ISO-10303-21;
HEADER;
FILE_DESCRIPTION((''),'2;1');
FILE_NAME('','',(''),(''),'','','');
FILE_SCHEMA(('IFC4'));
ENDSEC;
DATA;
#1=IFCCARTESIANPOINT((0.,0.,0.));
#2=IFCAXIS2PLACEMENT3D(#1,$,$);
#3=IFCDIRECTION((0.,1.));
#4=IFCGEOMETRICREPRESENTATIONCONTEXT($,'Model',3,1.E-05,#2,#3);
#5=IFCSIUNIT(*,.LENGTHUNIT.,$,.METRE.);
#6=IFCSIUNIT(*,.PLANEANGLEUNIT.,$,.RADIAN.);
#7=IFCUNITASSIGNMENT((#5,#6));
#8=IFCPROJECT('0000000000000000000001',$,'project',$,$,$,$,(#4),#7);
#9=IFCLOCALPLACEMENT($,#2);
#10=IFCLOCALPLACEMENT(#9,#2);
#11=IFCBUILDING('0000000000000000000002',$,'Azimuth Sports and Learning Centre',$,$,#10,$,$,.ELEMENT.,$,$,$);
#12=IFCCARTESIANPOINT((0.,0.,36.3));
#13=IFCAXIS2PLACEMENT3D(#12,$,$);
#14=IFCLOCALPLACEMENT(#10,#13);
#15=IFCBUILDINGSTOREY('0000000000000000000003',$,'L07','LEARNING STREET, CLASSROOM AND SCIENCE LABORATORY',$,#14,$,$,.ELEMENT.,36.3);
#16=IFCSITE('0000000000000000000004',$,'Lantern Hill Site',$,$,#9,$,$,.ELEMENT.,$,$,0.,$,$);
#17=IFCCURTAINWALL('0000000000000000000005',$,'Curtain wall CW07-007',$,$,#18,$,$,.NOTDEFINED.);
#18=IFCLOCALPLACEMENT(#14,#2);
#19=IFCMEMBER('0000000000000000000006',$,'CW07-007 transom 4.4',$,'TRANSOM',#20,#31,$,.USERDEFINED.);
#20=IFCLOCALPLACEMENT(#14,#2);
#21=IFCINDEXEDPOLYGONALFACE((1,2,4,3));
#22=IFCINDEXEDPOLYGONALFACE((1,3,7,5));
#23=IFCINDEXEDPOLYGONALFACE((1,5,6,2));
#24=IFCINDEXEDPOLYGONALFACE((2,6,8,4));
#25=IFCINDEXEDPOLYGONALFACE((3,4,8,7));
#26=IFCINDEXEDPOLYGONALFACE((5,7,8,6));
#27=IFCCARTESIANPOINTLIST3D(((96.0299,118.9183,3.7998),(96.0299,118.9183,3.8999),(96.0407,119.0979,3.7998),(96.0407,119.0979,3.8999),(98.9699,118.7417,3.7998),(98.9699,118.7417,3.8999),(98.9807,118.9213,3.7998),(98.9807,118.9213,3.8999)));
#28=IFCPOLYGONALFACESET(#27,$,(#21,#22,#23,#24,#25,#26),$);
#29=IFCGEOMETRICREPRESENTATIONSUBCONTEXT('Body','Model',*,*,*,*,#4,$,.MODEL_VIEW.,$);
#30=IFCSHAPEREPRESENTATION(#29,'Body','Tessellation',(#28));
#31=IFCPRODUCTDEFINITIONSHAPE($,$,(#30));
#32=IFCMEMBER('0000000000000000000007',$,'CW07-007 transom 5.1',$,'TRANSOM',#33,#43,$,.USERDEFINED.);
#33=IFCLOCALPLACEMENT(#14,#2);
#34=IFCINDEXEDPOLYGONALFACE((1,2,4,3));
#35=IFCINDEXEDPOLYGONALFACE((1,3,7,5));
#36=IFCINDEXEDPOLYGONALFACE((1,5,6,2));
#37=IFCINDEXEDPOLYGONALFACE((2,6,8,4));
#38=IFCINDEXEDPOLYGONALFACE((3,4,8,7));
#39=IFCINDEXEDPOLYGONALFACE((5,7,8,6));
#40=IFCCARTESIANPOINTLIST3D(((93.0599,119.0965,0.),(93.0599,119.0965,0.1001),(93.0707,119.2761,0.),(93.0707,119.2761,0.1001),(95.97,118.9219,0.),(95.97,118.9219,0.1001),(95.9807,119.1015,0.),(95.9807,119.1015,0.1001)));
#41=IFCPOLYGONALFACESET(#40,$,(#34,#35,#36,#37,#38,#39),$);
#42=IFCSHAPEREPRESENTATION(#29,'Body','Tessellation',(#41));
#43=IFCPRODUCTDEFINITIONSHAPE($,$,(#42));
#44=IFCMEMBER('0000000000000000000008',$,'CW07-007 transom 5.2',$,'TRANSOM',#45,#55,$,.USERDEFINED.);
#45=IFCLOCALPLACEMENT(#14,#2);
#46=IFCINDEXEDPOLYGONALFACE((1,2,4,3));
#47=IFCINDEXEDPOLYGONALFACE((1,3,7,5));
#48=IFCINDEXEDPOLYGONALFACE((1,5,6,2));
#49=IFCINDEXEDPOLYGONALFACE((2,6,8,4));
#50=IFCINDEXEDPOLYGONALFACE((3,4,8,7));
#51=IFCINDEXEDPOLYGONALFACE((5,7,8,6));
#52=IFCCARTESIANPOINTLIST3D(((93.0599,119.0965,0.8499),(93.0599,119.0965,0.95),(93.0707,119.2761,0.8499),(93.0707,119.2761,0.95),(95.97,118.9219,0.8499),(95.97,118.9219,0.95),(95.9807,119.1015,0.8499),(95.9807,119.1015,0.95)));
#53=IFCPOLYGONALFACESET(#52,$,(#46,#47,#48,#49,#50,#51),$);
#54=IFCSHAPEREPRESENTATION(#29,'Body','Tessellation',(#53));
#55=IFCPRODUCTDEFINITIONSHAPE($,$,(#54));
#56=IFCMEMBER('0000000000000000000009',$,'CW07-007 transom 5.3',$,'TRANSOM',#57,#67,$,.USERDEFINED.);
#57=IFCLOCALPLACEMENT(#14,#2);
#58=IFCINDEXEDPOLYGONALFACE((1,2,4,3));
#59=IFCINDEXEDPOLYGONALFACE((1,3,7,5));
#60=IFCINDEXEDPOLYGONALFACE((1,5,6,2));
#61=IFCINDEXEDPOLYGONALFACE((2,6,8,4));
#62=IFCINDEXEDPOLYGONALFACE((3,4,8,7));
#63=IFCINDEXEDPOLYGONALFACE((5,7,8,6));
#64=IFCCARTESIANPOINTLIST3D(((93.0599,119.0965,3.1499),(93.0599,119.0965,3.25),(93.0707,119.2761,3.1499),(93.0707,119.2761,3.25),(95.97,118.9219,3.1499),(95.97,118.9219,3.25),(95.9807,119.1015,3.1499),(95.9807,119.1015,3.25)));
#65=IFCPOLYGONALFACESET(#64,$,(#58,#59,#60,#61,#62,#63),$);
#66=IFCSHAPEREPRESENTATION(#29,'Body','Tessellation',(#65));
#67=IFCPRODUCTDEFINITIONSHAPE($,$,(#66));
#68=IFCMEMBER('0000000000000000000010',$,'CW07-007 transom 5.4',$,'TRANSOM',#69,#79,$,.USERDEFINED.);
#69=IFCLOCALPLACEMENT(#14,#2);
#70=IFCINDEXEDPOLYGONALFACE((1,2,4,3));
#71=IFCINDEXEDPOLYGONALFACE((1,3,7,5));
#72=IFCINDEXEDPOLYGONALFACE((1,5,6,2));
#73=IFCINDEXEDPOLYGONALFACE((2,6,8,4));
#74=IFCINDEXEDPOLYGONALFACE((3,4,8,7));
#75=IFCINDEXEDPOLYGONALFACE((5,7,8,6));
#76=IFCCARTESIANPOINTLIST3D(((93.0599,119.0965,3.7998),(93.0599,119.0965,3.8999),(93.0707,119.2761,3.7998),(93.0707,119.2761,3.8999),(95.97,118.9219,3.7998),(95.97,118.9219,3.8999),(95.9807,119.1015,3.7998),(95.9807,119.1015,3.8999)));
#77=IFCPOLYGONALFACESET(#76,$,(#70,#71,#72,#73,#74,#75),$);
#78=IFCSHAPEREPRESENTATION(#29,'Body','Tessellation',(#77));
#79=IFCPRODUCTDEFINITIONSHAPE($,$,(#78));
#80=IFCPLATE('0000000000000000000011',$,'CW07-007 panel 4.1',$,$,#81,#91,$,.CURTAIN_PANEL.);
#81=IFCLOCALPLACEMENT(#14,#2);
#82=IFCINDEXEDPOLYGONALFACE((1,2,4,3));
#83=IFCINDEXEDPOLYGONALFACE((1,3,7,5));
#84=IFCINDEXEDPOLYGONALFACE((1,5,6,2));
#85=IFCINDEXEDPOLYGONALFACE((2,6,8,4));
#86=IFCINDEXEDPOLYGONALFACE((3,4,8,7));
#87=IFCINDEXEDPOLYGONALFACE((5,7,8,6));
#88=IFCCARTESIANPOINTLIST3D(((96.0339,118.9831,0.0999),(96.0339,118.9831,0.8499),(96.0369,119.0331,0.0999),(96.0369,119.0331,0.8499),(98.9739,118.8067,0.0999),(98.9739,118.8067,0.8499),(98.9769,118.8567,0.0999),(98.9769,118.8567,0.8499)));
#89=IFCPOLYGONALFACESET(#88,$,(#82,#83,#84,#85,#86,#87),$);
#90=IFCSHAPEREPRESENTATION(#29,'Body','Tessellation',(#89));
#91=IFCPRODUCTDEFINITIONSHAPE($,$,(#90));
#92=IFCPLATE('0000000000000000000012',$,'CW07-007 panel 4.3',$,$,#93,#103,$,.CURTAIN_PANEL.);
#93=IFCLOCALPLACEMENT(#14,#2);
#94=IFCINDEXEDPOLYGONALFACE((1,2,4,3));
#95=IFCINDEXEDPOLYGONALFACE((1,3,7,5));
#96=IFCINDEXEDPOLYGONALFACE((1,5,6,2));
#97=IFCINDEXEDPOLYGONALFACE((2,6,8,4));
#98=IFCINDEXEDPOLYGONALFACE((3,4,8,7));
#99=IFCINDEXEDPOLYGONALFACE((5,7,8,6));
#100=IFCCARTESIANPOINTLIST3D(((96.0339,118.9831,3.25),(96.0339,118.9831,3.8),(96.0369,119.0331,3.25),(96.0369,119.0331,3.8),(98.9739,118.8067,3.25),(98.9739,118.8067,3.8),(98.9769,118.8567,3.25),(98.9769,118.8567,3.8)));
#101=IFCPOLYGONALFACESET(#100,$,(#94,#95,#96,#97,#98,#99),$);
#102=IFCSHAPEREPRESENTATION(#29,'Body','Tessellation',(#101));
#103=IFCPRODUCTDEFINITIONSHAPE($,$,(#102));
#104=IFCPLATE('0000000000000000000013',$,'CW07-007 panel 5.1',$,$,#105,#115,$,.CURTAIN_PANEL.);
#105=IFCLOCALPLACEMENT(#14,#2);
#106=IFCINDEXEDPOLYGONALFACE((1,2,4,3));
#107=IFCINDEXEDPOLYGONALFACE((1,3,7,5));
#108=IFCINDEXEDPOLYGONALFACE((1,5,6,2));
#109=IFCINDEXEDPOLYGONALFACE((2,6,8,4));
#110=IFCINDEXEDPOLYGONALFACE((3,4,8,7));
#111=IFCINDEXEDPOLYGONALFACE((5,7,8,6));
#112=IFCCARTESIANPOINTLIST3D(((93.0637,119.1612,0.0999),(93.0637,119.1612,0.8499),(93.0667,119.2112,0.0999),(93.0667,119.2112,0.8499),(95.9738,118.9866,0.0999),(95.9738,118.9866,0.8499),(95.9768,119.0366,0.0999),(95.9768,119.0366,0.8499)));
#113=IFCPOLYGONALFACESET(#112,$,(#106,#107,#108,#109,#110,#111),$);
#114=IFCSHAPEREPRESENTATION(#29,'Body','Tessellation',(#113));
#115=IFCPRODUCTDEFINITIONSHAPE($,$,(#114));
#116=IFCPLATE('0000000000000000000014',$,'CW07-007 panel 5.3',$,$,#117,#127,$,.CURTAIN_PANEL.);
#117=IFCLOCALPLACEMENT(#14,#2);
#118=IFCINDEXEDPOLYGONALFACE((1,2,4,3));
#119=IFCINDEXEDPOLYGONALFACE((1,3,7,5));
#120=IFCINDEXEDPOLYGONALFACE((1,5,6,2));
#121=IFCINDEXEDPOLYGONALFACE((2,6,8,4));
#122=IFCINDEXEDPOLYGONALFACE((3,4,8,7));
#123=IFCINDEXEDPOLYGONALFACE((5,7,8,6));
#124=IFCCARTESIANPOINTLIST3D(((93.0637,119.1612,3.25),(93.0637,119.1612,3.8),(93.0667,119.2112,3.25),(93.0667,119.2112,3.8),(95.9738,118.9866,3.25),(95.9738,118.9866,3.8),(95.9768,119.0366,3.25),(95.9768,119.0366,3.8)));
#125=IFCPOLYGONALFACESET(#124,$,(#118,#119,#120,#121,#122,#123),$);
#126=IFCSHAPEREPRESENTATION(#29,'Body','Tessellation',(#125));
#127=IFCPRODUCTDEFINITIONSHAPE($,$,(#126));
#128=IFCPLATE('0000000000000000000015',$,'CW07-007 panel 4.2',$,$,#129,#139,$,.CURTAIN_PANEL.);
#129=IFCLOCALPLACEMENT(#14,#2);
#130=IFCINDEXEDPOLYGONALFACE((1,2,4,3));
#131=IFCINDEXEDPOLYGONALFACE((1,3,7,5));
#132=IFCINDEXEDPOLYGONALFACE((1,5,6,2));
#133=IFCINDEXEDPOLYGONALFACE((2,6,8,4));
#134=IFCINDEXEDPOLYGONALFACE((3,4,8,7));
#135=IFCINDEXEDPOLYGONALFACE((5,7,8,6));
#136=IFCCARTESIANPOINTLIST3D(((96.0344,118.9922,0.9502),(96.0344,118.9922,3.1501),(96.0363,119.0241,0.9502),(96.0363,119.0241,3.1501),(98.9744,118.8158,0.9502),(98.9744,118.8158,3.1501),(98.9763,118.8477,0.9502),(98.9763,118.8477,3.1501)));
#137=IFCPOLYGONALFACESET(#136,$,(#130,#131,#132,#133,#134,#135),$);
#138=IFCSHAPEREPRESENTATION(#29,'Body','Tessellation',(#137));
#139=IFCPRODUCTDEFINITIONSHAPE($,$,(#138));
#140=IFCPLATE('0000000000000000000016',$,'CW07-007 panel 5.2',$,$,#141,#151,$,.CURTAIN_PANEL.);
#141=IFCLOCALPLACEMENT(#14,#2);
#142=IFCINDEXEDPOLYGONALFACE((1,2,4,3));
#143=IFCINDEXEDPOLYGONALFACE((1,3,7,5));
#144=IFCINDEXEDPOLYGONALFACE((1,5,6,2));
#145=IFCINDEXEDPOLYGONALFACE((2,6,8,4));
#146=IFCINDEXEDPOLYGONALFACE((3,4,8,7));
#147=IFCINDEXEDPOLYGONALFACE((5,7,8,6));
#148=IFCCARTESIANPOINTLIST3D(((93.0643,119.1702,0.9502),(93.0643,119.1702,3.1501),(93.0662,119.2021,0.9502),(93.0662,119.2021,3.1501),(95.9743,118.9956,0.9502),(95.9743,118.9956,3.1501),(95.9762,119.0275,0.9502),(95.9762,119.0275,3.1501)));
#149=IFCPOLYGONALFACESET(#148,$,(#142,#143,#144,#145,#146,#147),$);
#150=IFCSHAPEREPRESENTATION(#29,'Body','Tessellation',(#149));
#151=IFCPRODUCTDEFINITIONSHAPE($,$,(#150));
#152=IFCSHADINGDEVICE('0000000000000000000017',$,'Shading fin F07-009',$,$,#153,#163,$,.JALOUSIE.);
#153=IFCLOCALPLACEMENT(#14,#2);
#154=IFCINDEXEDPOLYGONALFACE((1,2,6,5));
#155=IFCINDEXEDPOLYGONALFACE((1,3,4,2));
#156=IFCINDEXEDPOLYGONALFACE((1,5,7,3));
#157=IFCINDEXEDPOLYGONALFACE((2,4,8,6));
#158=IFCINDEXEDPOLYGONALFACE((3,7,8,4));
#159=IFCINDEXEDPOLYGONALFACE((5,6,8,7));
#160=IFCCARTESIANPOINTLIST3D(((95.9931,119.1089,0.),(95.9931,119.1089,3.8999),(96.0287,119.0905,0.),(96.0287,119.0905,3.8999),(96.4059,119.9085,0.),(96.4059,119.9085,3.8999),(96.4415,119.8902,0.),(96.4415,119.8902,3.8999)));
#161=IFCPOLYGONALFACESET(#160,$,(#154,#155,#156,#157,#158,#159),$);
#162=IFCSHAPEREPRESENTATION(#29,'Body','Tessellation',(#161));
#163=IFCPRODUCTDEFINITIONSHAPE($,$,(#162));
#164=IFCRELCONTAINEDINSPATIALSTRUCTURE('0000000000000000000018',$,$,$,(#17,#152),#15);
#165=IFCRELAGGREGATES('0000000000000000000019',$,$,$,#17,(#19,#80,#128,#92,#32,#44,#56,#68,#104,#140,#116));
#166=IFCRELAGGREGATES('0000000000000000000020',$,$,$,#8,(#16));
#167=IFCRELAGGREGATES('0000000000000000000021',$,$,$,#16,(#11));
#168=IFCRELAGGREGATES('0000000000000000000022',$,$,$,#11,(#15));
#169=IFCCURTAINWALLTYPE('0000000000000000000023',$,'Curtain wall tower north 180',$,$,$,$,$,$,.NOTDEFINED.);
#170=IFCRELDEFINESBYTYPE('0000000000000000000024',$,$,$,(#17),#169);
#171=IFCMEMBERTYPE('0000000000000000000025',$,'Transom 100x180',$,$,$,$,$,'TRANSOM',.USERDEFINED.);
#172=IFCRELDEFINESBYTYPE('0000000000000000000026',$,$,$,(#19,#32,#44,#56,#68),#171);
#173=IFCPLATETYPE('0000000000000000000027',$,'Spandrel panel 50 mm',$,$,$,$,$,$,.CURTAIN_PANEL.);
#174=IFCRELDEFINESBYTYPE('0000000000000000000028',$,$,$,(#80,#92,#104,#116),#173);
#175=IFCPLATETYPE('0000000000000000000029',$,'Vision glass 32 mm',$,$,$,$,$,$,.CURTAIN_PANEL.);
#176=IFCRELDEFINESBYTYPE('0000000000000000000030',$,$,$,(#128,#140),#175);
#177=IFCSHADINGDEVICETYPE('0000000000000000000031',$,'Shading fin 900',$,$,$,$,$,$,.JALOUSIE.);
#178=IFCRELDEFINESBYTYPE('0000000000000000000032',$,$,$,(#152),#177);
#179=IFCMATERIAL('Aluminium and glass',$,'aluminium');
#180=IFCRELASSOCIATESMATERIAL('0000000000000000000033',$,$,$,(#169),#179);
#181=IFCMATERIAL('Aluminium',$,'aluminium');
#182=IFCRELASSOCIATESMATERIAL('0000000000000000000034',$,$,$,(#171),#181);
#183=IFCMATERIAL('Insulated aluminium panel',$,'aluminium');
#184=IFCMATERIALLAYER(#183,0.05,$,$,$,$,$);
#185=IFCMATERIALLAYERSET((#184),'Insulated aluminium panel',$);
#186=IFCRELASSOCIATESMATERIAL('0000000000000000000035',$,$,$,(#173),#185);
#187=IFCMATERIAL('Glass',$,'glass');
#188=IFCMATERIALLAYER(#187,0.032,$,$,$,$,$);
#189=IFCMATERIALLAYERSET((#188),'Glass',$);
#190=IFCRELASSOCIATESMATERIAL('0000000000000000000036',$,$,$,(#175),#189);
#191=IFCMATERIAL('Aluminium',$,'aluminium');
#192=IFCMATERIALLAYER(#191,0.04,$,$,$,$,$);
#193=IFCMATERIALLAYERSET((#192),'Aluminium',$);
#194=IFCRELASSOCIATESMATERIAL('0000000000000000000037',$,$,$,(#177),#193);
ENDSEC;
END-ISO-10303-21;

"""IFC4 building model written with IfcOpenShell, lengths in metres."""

from ifc_helpers import new_model, si_unit, direction, frame, origin, origin_2d, place, context, subcontext, project, spatial, rectangle, extrude, material, layer, layer_set, material_profile, profile_set, type_object, element, aggregate, save


model = new_model("IFC4")

# Units and contexts
model_context = context("Model", 3, precision=1e-05, world=origin(), true_north=direction((0.0, 1.0)))
body_context = subcontext(model_context, "Body", "Model", "MODEL_VIEW")
ifc_project = project(units=[si_unit("LENGTHUNIT", "METRE"), si_unit("PLANEANGLEUNIT", "RADIAN")], contexts=[model_context])

# Site, building, storey
site_placement = place(None, origin())
site = spatial("IfcSite", under=ifc_project, at=site_placement, Name="Lantern Hill Site", CompositionType="ELEMENT", RefElevation=0.0)
building_placement = place(site_placement, origin())
building = spatial("IfcBuilding", under=site, at=building_placement, Name="Azimuth Sports and Learning Centre", CompositionType="ELEMENT")
storey_placement = place(building_placement, frame((0.0, 0.0, 36.3)))
storey = spatial("IfcBuildingStorey", under=building, at=storey_placement, Name="L07", Description="LEARNING STREET, CLASSROOM AND SCIENCE LABORATORY", CompositionType="ELEMENT", Elevation=36.3)

# Curtain wall
ifc_material_1 = material(Name="Aluminium and glass", Category="aluminium")
curtain_wall_type = type_object("IfcCurtainWallType", Name="Curtain wall tower north 180", PredefinedType="NOTDEFINED", material=ifc_material_1)
curtain_wall_1_placement = place(storey_placement, origin())
curtain_wall_1 = element("IfcCurtainWall", 1, at=curtain_wall_1_placement, inside=storey, type_object=curtain_wall_type, Name="Curtain wall CW07-007", PredefinedType="NOTDEFINED")

# Members
ifc_material_2 = material(Name="Aluminium", Category="aluminium")
ifc_material_profile_1 = material_profile(ifc_material_2, rectangle(XDim=0.1799, YDim=0.1001, at=origin_2d()), Name="Transom 100x180")
ifc_profile_set_1 = profile_set([ifc_material_profile_1], Name="Aluminium")
member_type_1 = type_object("IfcMemberType", Name="Transom 100x180", ElementType="TRANSOM", PredefinedType="USERDEFINED", material=ifc_profile_set_1)
member_1_placement = place(storey_placement, frame((98.9753, 118.8315, 3.8499), z_axis=(-0.998202, 0.059932, 0.0), x_axis=(-0.059932, -0.998202, 0.0)))
member_1 = element("IfcMember", 2, at=member_1_placement, type_object=member_type_1, Name="CW07-007 transom 4.4", ObjectType="TRANSOM", PredefinedType="USERDEFINED", context=body_context, shape_type="SweptSolid", body=[
    extrude(rectangle(XDim=0.1799, YDim=0.1001, at=origin_2d()), origin(), (0.0, 0.0, 1.0), 2.9453),
])
member_2_placement = place(storey_placement, frame((95.9753, 119.0117, 0.05), z_axis=(-0.998206, 0.059876, 0.0), x_axis=(-0.059876, -0.998206, 0.0)))
member_2 = element("IfcMember", 3, at=member_2_placement, type_object=member_type_1, Name="CW07-007 transom 5.1", ObjectType="TRANSOM", PredefinedType="USERDEFINED", context=body_context, shape_type="SweptSolid", body=[
    extrude(rectangle(XDim=0.1799, YDim=0.1001, at=origin_2d()), origin(), (0.0, 0.0, 1.0), 2.9153),
])
member_3_placement = place(storey_placement, frame((95.9753, 119.0117, 0.8999), z_axis=(-0.998206, 0.059876, 0.0), x_axis=(-0.059876, -0.998206, 0.0)))
member_3 = element("IfcMember", 4, at=member_3_placement, type_object=member_type_1, Name="CW07-007 transom 5.2", ObjectType="TRANSOM", PredefinedType="USERDEFINED", context=body_context, shape_type="SweptSolid", body=[
    extrude(rectangle(XDim=0.1799, YDim=0.1001, at=origin_2d()), origin(), (0.0, 0.0, 1.0), 2.9153),
])
member_4_placement = place(storey_placement, frame((95.9753, 119.0117, 3.2), z_axis=(-0.998206, 0.059876, 0.0), x_axis=(-0.059876, -0.998206, 0.0)))
member_4 = element("IfcMember", 5, at=member_4_placement, type_object=member_type_1, Name="CW07-007 transom 5.3", ObjectType="TRANSOM", PredefinedType="USERDEFINED", context=body_context, shape_type="SweptSolid", body=[
    extrude(rectangle(XDim=0.1799, YDim=0.1001, at=origin_2d()), origin(), (0.0, 0.0, 1.0), 2.9153),
])
member_5_placement = place(storey_placement, frame((95.9753, 119.0117, 3.8499), z_axis=(-0.998206, 0.059876, 0.0), x_axis=(-0.059876, -0.998206, 0.0)))
member_5 = element("IfcMember", 6, at=member_5_placement, type_object=member_type_1, Name="CW07-007 transom 5.4", ObjectType="TRANSOM", PredefinedType="USERDEFINED", context=body_context, shape_type="SweptSolid", body=[
    extrude(rectangle(XDim=0.1799, YDim=0.1001, at=origin_2d()), origin(), (0.0, 0.0, 1.0), 2.9153),
])

# Plates
ifc_material_3 = material(Name="Insulated aluminium panel", Category="aluminium")
ifc_layer_1 = layer(ifc_material_3, 0.05)
ifc_layer_set_1 = layer_set([ifc_layer_1], Name="Insulated aluminium panel")
plate_type_1 = type_object("IfcPlateType", Name="Spandrel panel 50 mm", PredefinedType="CURTAIN_PANEL", material=ifc_layer_set_1)
plate_1_placement = place(storey_placement, frame((97.5054, 118.9199, 0.0999), z_axis=(0.0, 0.0, 1.0), x_axis=(-0.998205, 0.059892, 0.0)))
plate_1 = element("IfcPlate", 7, at=plate_1_placement, type_object=plate_type_1, Name="CW07-007 panel 4.1", PredefinedType="CURTAIN_PANEL", context=body_context, shape_type="SweptSolid", body=[
    extrude(rectangle(XDim=2.9453, YDim=0.05, at=origin_2d()), origin(), (0.0, 0.0, 1.0), 0.75),
])
plate_2_placement = place(storey_placement, frame((97.5054, 118.9199, 3.25), z_axis=(0.0, 0.0, 1.0), x_axis=(-0.998205, 0.059892, 0.0)))
plate_2 = element("IfcPlate", 8, at=plate_2_placement, type_object=plate_type_1, Name="CW07-007 panel 4.3", PredefinedType="CURTAIN_PANEL", context=body_context, shape_type="SweptSolid", body=[
    extrude(rectangle(XDim=2.9453, YDim=0.05, at=origin_2d()), origin(), (0.0, 0.0, 1.0), 0.55),
])
plate_3_placement = place(storey_placement, frame((94.5203, 119.0989, 0.0999), z_axis=(0.0, 0.0, 1.0), x_axis=(-0.998205, 0.059892, 0.0)))
plate_3 = element("IfcPlate", 9, at=plate_3_placement, type_object=plate_type_1, Name="CW07-007 panel 5.1", PredefinedType="CURTAIN_PANEL", context=body_context, shape_type="SweptSolid", body=[
    extrude(rectangle(XDim=2.9153, YDim=0.05, at=origin_2d()), origin(), (0.0, 0.0, 1.0), 0.75),
])
plate_4_placement = place(storey_placement, frame((94.5203, 119.0989, 3.25), z_axis=(0.0, 0.0, 1.0), x_axis=(-0.998205, 0.059892, 0.0)))
plate_4 = element("IfcPlate", 10, at=plate_4_placement, type_object=plate_type_1, Name="CW07-007 panel 5.3", PredefinedType="CURTAIN_PANEL", context=body_context, shape_type="SweptSolid", body=[
    extrude(rectangle(XDim=2.9153, YDim=0.05, at=origin_2d()), origin(), (0.0, 0.0, 1.0), 0.55),
])
ifc_material_4 = material(Name="Glass", Category="glass")
ifc_layer_2 = layer(ifc_material_4, 0.032)
ifc_layer_set_2 = layer_set([ifc_layer_2], Name="Glass")
plate_type_2 = type_object("IfcPlateType", Name="Vision glass 32 mm", PredefinedType="CURTAIN_PANEL", material=ifc_layer_set_2)
plate_5_placement = place(storey_placement, frame((97.5054, 118.9199, 0.9502), z_axis=(0.0, 0.0, 1.0), x_axis=(-0.998205, 0.059892, 0.0)))
plate_5 = element("IfcPlate", 11, at=plate_5_placement, type_object=plate_type_2, Name="CW07-007 panel 4.2", PredefinedType="CURTAIN_PANEL", context=body_context, shape_type="SweptSolid", body=[
    extrude(rectangle(XDim=2.9453, YDim=0.032, at=origin_2d()), origin(), (0.0, 0.0, 1.0), 2.2),
])
plate_6_placement = place(storey_placement, frame((94.5203, 119.0989, 0.9502), z_axis=(0.0, 0.0, 1.0), x_axis=(-0.998205, 0.059892, 0.0)))
plate_6 = element("IfcPlate", 12, at=plate_6_placement, type_object=plate_type_2, Name="CW07-007 panel 5.2", PredefinedType="CURTAIN_PANEL", context=body_context, shape_type="SweptSolid", body=[
    extrude(rectangle(XDim=2.9153, YDim=0.032, at=origin_2d()), origin(), (0.0, 0.0, 1.0), 2.2),
])
aggregate(curtain_wall_1, [member_1, plate_1, plate_5, plate_2, member_2, member_3, member_4, member_5, plate_3, plate_6, plate_4])

# Shading device
ifc_material_5 = material(Name="Aluminium", Category="aluminium")
ifc_layer_3 = layer(ifc_material_5, 0.04)
ifc_layer_set_3 = layer_set([ifc_layer_3], Name="Aluminium")
shading_device_type = type_object("IfcShadingDeviceType", Name="Shading fin 900", PredefinedType="JALOUSIE", material=ifc_layer_set_3)
shading_device_placement = place(storey_placement, frame((96.2173, 119.4995, 0.0), z_axis=(0.0, 0.0, 1.0), x_axis=(0.458683, 0.8886, 0.0)))
element("IfcShadingDevice", 13, at=shading_device_placement, inside=storey, type_object=shading_device_type, Name="Shading fin F07-009", PredefinedType="JALOUSIE", context=body_context, shape_type="SweptSolid", body=[
    extrude(rectangle(XDim=0.8999, YDim=0.04, at=origin_2d()), origin(), (0.0, 0.0, 1.0), 3.8999),
])

save(model, "model.ifc")
